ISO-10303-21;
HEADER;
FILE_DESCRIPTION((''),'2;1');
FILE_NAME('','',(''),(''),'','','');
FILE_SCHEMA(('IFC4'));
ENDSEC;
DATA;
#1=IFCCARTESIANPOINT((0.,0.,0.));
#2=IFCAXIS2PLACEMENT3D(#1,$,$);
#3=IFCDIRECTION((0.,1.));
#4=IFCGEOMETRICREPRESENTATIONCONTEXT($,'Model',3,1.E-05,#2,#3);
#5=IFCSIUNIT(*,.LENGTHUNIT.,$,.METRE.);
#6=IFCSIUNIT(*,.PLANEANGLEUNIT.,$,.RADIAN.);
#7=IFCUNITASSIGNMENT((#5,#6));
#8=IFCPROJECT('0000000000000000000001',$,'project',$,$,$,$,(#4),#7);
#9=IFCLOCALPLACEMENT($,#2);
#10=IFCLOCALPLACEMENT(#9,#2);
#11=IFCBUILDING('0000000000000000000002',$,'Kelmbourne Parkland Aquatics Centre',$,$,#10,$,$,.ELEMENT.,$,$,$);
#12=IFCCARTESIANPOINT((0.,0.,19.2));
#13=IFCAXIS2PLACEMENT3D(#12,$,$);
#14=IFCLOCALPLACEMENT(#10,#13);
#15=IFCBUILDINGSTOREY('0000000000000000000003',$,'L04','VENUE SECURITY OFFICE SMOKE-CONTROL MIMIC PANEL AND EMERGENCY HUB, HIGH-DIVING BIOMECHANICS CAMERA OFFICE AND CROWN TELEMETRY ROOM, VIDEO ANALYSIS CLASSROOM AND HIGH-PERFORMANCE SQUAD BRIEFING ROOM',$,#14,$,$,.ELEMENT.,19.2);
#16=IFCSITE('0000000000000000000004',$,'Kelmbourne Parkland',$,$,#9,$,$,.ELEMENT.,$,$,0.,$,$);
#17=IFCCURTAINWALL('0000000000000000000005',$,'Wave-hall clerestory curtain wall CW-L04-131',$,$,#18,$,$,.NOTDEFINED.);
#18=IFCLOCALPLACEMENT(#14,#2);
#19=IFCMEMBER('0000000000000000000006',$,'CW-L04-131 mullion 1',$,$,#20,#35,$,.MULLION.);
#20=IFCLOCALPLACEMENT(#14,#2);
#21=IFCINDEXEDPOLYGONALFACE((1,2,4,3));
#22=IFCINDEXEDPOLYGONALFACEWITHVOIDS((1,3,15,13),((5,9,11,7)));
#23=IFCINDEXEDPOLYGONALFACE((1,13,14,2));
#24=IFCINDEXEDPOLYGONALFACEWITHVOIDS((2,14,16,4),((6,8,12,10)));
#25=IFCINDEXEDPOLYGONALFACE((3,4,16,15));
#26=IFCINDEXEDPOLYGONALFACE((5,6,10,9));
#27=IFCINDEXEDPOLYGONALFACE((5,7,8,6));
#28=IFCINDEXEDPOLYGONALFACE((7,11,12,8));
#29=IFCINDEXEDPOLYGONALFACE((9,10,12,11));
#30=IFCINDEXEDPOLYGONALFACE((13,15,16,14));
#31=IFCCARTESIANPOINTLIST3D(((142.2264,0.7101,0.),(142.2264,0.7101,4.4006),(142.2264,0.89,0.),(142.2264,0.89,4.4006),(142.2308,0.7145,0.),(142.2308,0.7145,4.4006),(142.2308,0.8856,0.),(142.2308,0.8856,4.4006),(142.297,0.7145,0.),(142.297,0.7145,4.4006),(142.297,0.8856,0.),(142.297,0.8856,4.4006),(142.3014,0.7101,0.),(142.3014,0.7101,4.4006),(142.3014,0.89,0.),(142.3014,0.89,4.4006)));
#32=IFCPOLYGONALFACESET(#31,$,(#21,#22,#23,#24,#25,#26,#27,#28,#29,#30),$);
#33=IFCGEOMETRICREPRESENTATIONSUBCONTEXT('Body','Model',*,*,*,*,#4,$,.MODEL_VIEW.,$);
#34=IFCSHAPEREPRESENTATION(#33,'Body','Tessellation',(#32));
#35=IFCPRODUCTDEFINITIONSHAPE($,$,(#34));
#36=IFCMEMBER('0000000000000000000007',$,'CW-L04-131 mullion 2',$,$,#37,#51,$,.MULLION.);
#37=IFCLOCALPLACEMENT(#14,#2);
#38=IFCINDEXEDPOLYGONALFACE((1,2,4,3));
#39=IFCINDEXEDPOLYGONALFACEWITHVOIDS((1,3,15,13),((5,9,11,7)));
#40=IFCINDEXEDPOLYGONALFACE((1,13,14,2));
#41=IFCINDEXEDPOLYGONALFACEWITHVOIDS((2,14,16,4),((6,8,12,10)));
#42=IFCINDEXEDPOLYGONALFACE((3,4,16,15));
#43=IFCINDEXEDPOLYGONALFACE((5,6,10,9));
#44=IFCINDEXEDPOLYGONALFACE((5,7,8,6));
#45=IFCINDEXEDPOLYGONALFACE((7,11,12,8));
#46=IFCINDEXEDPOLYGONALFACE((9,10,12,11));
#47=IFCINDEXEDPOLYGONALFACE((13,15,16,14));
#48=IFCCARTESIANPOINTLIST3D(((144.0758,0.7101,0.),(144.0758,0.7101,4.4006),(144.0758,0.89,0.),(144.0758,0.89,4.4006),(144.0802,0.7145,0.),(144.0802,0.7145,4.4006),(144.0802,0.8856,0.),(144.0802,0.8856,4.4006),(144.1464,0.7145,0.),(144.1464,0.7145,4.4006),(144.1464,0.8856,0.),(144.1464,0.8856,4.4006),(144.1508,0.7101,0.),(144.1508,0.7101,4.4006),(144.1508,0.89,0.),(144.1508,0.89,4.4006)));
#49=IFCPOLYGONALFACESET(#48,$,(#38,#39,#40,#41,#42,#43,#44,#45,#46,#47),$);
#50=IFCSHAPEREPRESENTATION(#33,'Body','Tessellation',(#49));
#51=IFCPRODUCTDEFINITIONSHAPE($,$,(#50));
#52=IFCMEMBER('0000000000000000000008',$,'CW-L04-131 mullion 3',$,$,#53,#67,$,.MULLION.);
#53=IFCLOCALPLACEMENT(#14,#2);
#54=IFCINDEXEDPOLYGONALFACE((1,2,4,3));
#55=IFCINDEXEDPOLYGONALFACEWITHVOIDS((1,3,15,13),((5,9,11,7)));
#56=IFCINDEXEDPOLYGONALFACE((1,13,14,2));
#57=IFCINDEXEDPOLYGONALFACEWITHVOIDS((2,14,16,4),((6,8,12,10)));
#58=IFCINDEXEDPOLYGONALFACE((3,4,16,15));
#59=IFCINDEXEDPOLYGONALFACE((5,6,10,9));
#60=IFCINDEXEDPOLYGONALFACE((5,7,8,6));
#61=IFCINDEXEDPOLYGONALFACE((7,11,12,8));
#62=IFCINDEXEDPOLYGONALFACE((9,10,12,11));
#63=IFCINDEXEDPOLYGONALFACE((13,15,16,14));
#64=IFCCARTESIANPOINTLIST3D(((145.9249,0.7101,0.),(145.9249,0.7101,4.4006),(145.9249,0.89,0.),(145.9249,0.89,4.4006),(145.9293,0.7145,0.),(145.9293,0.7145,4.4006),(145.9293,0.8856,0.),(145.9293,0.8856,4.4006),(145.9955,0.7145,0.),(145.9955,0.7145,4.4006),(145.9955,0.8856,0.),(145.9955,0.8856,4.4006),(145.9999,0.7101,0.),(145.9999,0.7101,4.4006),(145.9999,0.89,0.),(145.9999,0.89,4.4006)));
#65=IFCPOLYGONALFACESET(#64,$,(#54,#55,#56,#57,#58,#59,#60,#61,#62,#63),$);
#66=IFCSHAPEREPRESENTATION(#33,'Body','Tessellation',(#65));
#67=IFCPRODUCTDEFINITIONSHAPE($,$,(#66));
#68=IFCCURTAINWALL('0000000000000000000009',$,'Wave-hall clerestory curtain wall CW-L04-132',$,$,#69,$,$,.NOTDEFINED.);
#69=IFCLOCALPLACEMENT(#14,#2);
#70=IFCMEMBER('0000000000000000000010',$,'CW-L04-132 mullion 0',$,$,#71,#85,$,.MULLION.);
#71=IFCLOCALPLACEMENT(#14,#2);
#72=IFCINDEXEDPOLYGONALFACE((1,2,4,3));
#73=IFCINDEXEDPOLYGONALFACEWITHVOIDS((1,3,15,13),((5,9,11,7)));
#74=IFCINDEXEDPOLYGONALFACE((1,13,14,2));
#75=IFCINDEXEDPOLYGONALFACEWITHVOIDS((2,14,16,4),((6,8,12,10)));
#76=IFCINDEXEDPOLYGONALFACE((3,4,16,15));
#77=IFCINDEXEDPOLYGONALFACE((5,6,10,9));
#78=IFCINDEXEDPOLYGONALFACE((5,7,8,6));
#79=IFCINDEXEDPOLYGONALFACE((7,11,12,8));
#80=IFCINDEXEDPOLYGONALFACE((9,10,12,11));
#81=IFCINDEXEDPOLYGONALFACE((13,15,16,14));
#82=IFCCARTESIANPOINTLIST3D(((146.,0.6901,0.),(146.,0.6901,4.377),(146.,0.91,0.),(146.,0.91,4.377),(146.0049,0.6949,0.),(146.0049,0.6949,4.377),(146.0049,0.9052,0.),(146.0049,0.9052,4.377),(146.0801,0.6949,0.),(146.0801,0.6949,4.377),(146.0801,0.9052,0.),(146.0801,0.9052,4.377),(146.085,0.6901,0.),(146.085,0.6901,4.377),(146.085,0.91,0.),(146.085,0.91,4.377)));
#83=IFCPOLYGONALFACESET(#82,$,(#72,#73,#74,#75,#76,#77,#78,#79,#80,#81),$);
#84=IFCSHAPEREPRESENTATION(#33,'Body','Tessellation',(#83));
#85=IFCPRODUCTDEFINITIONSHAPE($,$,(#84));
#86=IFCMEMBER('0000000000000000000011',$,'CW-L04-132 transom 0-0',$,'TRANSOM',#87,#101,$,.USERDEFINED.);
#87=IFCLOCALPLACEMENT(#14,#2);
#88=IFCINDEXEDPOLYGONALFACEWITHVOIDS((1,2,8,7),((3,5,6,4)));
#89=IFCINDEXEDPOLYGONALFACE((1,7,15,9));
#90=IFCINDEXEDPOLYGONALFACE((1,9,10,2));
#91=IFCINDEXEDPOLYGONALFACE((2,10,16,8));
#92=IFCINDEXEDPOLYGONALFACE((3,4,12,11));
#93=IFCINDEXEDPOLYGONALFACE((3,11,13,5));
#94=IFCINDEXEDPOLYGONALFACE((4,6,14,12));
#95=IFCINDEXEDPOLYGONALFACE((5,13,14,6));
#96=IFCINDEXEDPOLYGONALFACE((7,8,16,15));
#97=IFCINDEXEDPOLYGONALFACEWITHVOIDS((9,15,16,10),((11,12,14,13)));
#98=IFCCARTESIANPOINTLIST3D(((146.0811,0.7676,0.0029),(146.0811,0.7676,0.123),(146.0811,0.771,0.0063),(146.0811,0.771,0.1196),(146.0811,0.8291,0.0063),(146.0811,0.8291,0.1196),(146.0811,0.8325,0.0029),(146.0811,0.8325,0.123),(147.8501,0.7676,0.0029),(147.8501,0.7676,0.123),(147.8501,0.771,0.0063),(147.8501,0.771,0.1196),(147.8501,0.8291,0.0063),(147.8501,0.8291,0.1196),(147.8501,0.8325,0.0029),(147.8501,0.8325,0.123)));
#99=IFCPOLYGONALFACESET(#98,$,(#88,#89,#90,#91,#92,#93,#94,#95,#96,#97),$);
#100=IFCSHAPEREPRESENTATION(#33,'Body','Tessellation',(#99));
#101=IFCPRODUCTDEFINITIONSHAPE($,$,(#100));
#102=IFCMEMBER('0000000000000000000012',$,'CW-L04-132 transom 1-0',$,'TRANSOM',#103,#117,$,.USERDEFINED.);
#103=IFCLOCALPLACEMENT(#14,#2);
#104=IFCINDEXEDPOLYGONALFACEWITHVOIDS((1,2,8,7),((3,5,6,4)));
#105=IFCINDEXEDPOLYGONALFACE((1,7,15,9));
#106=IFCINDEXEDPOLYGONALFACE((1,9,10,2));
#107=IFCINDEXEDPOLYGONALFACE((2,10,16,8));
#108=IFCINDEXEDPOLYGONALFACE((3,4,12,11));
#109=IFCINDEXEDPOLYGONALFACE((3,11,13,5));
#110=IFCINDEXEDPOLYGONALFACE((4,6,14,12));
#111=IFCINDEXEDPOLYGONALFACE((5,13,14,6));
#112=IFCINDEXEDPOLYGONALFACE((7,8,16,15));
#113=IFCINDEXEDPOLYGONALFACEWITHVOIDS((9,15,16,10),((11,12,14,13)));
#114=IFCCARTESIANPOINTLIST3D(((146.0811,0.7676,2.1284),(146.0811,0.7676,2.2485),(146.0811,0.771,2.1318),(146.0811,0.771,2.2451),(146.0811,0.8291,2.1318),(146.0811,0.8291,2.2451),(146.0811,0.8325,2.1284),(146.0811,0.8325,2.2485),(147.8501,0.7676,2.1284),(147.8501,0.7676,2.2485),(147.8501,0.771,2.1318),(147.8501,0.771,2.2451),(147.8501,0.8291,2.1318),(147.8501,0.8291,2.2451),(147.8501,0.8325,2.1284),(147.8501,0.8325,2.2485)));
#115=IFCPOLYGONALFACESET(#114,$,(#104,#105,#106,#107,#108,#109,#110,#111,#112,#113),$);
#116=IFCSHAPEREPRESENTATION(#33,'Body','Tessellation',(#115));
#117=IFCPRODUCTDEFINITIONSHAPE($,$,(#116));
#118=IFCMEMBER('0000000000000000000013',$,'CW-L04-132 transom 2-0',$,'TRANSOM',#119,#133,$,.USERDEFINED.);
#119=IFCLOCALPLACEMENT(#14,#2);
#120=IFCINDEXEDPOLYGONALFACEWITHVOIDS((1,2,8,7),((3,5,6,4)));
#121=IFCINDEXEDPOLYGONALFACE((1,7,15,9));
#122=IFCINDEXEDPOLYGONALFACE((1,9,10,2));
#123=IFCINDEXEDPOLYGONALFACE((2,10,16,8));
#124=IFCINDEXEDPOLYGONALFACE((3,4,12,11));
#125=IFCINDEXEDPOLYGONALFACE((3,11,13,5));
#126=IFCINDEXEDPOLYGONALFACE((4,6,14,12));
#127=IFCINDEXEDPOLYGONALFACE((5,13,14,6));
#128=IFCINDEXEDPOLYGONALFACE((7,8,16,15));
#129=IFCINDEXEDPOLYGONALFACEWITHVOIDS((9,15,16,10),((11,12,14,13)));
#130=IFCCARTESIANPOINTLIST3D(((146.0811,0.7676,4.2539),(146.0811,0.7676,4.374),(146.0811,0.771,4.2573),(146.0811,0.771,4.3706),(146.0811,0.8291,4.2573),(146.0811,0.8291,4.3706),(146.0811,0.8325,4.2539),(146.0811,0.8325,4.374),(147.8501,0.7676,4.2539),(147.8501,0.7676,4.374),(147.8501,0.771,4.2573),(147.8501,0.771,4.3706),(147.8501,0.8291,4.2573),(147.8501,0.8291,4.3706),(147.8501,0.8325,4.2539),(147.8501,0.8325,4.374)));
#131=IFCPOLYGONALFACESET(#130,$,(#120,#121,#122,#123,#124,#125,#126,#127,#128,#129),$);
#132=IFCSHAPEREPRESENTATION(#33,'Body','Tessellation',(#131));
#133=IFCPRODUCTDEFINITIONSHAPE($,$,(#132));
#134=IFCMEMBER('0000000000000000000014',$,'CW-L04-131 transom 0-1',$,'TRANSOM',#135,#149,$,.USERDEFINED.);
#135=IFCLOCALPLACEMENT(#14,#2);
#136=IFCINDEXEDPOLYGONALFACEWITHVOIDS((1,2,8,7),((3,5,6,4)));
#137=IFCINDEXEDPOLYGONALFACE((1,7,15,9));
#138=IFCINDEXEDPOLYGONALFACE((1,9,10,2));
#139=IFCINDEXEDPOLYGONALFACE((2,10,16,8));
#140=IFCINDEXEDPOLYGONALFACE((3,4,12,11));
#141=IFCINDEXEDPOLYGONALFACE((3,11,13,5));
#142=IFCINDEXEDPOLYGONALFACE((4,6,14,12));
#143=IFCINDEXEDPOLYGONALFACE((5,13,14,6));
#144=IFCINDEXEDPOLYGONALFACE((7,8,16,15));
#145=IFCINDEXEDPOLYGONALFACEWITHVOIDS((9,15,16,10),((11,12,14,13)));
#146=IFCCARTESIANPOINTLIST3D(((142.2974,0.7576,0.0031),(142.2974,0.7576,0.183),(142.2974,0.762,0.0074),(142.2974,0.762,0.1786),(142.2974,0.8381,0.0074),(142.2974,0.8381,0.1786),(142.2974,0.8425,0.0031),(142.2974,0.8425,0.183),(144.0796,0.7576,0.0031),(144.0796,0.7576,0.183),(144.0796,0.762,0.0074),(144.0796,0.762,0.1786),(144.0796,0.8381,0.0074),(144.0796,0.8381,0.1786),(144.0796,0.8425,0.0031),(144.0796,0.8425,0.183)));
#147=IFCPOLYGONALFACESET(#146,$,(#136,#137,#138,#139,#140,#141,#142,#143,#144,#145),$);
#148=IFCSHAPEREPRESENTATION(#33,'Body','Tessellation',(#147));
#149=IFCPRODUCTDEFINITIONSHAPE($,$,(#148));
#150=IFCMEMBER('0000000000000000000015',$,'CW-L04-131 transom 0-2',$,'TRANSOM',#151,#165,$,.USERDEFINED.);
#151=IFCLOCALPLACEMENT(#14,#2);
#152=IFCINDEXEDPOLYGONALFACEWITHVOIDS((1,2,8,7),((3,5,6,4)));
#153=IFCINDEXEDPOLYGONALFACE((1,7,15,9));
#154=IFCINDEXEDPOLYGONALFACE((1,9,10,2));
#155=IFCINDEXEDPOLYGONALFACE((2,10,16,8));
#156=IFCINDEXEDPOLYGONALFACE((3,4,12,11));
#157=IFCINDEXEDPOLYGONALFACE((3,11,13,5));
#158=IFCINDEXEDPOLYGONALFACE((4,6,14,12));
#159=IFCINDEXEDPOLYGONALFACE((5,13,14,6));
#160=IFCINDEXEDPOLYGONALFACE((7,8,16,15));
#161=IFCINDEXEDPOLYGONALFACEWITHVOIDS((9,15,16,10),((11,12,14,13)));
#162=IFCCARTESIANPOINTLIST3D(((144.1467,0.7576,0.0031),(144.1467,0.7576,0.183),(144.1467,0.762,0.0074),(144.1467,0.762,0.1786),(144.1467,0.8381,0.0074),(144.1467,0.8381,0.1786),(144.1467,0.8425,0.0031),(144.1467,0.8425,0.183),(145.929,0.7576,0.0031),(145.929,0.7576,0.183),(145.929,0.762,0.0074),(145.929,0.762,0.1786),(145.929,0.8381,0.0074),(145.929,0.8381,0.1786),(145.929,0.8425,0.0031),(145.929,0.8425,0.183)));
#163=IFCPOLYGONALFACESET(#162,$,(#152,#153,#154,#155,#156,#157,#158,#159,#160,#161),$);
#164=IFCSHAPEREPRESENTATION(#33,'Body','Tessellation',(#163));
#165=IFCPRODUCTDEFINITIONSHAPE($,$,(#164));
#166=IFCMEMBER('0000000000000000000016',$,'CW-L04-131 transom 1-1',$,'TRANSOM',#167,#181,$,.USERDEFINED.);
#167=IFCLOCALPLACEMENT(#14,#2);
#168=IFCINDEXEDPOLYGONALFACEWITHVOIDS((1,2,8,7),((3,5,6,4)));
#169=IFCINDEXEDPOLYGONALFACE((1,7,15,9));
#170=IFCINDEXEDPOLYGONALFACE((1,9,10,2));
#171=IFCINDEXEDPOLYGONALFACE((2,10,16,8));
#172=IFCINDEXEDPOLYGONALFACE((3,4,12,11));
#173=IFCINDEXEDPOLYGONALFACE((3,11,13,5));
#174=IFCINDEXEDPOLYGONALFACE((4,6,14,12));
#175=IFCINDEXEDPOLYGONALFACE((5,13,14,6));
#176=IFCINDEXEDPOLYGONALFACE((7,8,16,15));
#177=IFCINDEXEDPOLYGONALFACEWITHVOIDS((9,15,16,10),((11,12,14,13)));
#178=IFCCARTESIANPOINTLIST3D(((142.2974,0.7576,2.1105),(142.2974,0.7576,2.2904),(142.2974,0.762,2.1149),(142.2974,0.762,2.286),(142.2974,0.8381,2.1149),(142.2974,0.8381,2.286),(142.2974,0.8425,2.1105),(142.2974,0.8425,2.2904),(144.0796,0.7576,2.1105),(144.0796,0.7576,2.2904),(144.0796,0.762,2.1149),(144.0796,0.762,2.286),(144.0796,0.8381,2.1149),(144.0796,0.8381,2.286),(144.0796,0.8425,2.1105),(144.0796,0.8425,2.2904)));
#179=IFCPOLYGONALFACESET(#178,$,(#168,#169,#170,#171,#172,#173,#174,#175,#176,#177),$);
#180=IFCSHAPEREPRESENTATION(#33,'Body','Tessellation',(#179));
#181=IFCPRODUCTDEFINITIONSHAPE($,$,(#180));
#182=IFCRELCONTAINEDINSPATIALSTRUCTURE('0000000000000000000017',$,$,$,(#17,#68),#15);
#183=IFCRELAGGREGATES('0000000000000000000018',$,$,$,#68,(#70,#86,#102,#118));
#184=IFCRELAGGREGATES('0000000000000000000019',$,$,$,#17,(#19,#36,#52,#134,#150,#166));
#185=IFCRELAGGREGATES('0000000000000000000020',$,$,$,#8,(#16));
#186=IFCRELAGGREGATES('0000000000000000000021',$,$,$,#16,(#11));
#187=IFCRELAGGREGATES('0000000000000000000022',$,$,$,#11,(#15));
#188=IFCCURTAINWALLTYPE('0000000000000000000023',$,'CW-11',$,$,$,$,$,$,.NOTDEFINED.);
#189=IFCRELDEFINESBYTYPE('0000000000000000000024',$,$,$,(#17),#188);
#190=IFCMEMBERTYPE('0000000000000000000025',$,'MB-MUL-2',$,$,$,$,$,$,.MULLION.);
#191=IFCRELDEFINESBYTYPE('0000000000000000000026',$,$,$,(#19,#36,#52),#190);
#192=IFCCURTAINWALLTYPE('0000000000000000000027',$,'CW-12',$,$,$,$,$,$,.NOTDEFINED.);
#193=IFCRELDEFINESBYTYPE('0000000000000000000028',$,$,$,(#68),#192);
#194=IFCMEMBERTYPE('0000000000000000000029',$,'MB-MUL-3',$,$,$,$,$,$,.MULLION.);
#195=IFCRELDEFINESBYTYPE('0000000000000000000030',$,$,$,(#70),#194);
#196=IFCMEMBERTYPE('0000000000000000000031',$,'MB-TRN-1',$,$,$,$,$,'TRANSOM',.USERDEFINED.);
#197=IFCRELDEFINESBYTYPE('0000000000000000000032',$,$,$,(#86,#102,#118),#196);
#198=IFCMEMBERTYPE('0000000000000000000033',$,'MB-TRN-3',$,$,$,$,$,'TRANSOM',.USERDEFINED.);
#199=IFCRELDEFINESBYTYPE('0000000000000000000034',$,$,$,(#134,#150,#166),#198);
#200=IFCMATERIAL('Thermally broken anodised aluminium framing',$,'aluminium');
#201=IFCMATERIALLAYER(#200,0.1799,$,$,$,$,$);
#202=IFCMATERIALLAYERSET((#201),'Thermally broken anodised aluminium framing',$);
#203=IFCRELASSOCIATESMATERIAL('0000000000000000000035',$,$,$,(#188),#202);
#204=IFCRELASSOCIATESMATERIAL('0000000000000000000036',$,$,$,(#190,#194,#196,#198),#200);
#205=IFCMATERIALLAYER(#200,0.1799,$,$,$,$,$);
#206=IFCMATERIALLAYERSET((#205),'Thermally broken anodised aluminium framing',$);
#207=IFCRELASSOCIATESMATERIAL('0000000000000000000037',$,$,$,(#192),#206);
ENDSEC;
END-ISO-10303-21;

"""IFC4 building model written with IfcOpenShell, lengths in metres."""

from ifc_helpers import new_model, si_unit, direction, frame, origin, origin_2d, place, context, subcontext, project, spatial, hollow_rectangle, extrude, material, layer, layer_set, material_profile, profile_set, type_object, element, aggregate, save


model = new_model("IFC4")

# Units and contexts
model_context = context("Model", 3, precision=1e-05, world=origin(), true_north=direction((0.0, 1.0)))
body_context = subcontext(model_context, "Body", "Model", "MODEL_VIEW")
ifc_project = project(units=[si_unit("LENGTHUNIT", "METRE"), si_unit("PLANEANGLEUNIT", "RADIAN")], contexts=[model_context])

# Site, building, storey
site_placement = place(None, origin())
site = spatial("IfcSite", under=ifc_project, at=site_placement, Name="Kelmbourne Parkland", CompositionType="ELEMENT", RefElevation=0.0)
building_placement = place(site_placement, origin())
building = spatial("IfcBuilding", under=site, at=building_placement, Name="Kelmbourne Parkland Aquatics Centre", CompositionType="ELEMENT")
storey_placement = place(building_placement, frame((0.0, 0.0, 19.2)))
storey = spatial("IfcBuildingStorey", under=building, at=storey_placement, Name="L04", Description="VENUE SECURITY OFFICE SMOKE-CONTROL MIMIC PANEL AND EMERGENCY HUB, HIGH-DIVING BIOMECHANICS CAMERA OFFICE AND CROWN TELEMETRY ROOM, VIDEO ANALYSIS CLASSROOM AND HIGH-PERFORMANCE SQUAD BRIEFING ROOM", CompositionType="ELEMENT", Elevation=19.2)

# Curtain walls, members
ifc_material_1 = material(Name="Thermally broken anodised aluminium framing", Category="aluminium")
ifc_layer_1 = layer(ifc_material_1, 0.1799)
ifc_layer_set_1 = layer_set([ifc_layer_1], Name="Thermally broken anodised aluminium framing")
curtain_wall_type_1 = type_object("IfcCurtainWallType", Name="CW-11", PredefinedType="NOTDEFINED", material=ifc_layer_set_1)
curtain_wall_1_placement = place(storey_placement, origin())
curtain_wall_1 = element("IfcCurtainWall", 1, at=curtain_wall_1_placement, inside=storey, type_object=curtain_wall_type_1, Name="Wave-hall clerestory curtain wall CW-L04-131", PredefinedType="NOTDEFINED")
ifc_material_profile_1 = material_profile(ifc_material_1, hollow_rectangle(XDim=0.075, YDim=0.1799, WallThickness=0.0044, at=origin_2d()), Name="CW-M 75x180")
ifc_profile_set_1 = profile_set([ifc_material_profile_1], Name="Thermally broken anodised aluminium framing")
member_type_1 = type_object("IfcMemberType", Name="MB-MUL-2", PredefinedType="MULLION", material=ifc_profile_set_1)
member_1_placement = place(storey_placement, frame((142.2639, 0.8, 0.0), z_axis=(0.0, 0.0, 1.0), x_axis=(1.0, 0.0, 0.0)))
member_1 = element("IfcMember", 2, at=member_1_placement, type_object=member_type_1, Name="CW-L04-131 mullion 1", PredefinedType="MULLION", context=body_context, shape_type="SweptSolid", body=[
    extrude(hollow_rectangle(XDim=0.075, YDim=0.1799, WallThickness=0.0044, at=origin_2d()), origin(), (0.0, 0.0, 1.0), 4.4006),
])
member_2_placement = place(storey_placement, frame((144.1133, 0.8, 0.0), z_axis=(0.0, 0.0, 1.0), x_axis=(1.0, 0.0, 0.0)))
member_2 = element("IfcMember", 3, at=member_2_placement, type_object=member_type_1, Name="CW-L04-131 mullion 2", PredefinedType="MULLION", context=body_context, shape_type="SweptSolid", body=[
    extrude(hollow_rectangle(XDim=0.075, YDim=0.1799, WallThickness=0.0044, at=origin_2d()), origin(), (0.0, 0.0, 1.0), 4.4006),
])
member_3_placement = place(storey_placement, frame((145.9624, 0.8, 0.0), z_axis=(0.0, 0.0, 1.0), x_axis=(1.0, 0.0, 0.0)))
member_3 = element("IfcMember", 4, at=member_3_placement, type_object=member_type_1, Name="CW-L04-131 mullion 3", PredefinedType="MULLION", context=body_context, shape_type="SweptSolid", body=[
    extrude(hollow_rectangle(XDim=0.075, YDim=0.1799, WallThickness=0.0044, at=origin_2d()), origin(), (0.0, 0.0, 1.0), 4.4006),
])
ifc_layer_2 = layer(ifc_material_1, 0.1799)
ifc_layer_set_2 = layer_set([ifc_layer_2], Name="Thermally broken anodised aluminium framing")
curtain_wall_type_2 = type_object("IfcCurtainWallType", Name="CW-12", PredefinedType="NOTDEFINED", material=ifc_layer_set_2)
curtain_wall_2_placement = place(storey_placement, origin())
curtain_wall_2 = element("IfcCurtainWall", 5, at=curtain_wall_2_placement, inside=storey, type_object=curtain_wall_type_2, Name="Wave-hall clerestory curtain wall CW-L04-132", PredefinedType="NOTDEFINED")
ifc_material_profile_2 = material_profile(ifc_material_1, hollow_rectangle(XDim=0.085, YDim=0.22, WallThickness=0.0049, at=origin_2d()), Name="CW-M 85x220")
ifc_profile_set_2 = profile_set([ifc_material_profile_2], Name="Thermally broken anodised aluminium framing")
member_type_2 = type_object("IfcMemberType", Name="MB-MUL-3", PredefinedType="MULLION", material=ifc_profile_set_2)
member_4_placement = place(storey_placement, frame((146.0425, 0.8, 0.0), z_axis=(0.0, 0.0, 1.0), x_axis=(1.0, 0.0, 0.0)))
member_4 = element("IfcMember", 6, at=member_4_placement, type_object=member_type_2, Name="CW-L04-132 mullion 0", PredefinedType="MULLION", context=body_context, shape_type="SweptSolid", body=[
    extrude(hollow_rectangle(XDim=0.085, YDim=0.22, WallThickness=0.0049, at=origin_2d()), origin(), (0.0, 0.0, 1.0), 4.377),
])
ifc_material_profile_3 = material_profile(ifc_material_1, hollow_rectangle(XDim=0.0649, YDim=0.1201, WallThickness=0.0034, at=origin_2d()), Name="CW-T 65x120")
ifc_profile_set_3 = profile_set([ifc_material_profile_3], Name="Thermally broken anodised aluminium framing")
member_type_3 = type_object("IfcMemberType", Name="MB-TRN-1", ElementType="TRANSOM", PredefinedType="USERDEFINED", material=ifc_profile_set_3)
member_5_placement = place(storey_placement, frame((146.0811, 0.8, 0.063), z_axis=(1.0, 0.0, 0.0), x_axis=(0.0, 1.0, 0.0)))
member_5 = element("IfcMember", 7, at=member_5_placement, type_object=member_type_3, Name="CW-L04-132 transom 0-0", ObjectType="TRANSOM", PredefinedType="USERDEFINED", context=body_context, shape_type="SweptSolid", body=[
    extrude(hollow_rectangle(XDim=0.0649, YDim=0.1201, WallThickness=0.0034, at=origin_2d()), origin(), (0.0, 0.0, 1.0), 1.769),
])
member_6_placement = place(storey_placement, frame((146.0811, 0.8, 2.1885), z_axis=(1.0, 0.0, 0.0), x_axis=(0.0, 1.0, 0.0)))
member_6 = element("IfcMember", 8, at=member_6_placement, type_object=member_type_3, Name="CW-L04-132 transom 1-0", ObjectType="TRANSOM", PredefinedType="USERDEFINED", context=body_context, shape_type="SweptSolid", body=[
    extrude(hollow_rectangle(XDim=0.0649, YDim=0.1201, WallThickness=0.0034, at=origin_2d()), origin(), (0.0, 0.0, 1.0), 1.769),
])
member_7_placement = place(storey_placement, frame((146.0811, 0.8, 4.314), z_axis=(1.0, 0.0, 0.0), x_axis=(0.0, 1.0, 0.0)))
member_7 = element("IfcMember", 9, at=member_7_placement, type_object=member_type_3, Name="CW-L04-132 transom 2-0", ObjectType="TRANSOM", PredefinedType="USERDEFINED", context=body_context, shape_type="SweptSolid", body=[
    extrude(hollow_rectangle(XDim=0.0649, YDim=0.1201, WallThickness=0.0034, at=origin_2d()), origin(), (0.0, 0.0, 1.0), 1.769),
])

# Members
ifc_material_profile_4 = material_profile(ifc_material_1, hollow_rectangle(XDim=0.085, YDim=0.1799, WallThickness=0.0044, at=origin_2d()), Name="CW-T 85x180")
ifc_profile_set_4 = profile_set([ifc_material_profile_4], Name="Thermally broken anodised aluminium framing")
member_type_4 = type_object("IfcMemberType", Name="MB-TRN-3", ElementType="TRANSOM", PredefinedType="USERDEFINED", material=ifc_profile_set_4)
member_8_placement = place(storey_placement, frame((142.2974, 0.8, 0.093), z_axis=(1.0, 0.0, 0.0), x_axis=(0.0, 1.0, 0.0)))
member_8 = element("IfcMember", 10, at=member_8_placement, type_object=member_type_4, Name="CW-L04-131 transom 0-1", ObjectType="TRANSOM", PredefinedType="USERDEFINED", context=body_context, shape_type="SweptSolid", body=[
    extrude(hollow_rectangle(XDim=0.085, YDim=0.1799, WallThickness=0.0044, at=origin_2d()), origin(), (0.0, 0.0, 1.0), 1.7822),
])
member_9_placement = place(storey_placement, frame((144.1467, 0.8, 0.093), z_axis=(1.0, 0.0, 0.0), x_axis=(0.0, 1.0, 0.0)))
member_9 = element("IfcMember", 11, at=member_9_placement, type_object=member_type_4, Name="CW-L04-131 transom 0-2", ObjectType="TRANSOM", PredefinedType="USERDEFINED", context=body_context, shape_type="SweptSolid", body=[
    extrude(hollow_rectangle(XDim=0.085, YDim=0.1799, WallThickness=0.0044, at=origin_2d()), origin(), (0.0, 0.0, 1.0), 1.7822),
])
member_10_placement = place(storey_placement, frame((142.2974, 0.8, 2.2004), z_axis=(1.0, 0.0, 0.0), x_axis=(0.0, 1.0, 0.0)))
member_10 = element("IfcMember", 12, at=member_10_placement, type_object=member_type_4, Name="CW-L04-131 transom 1-1", ObjectType="TRANSOM", PredefinedType="USERDEFINED", context=body_context, shape_type="SweptSolid", body=[
    extrude(hollow_rectangle(XDim=0.085, YDim=0.1799, WallThickness=0.0044, at=origin_2d()), origin(), (0.0, 0.0, 1.0), 1.7822),
])

aggregate(curtain_wall_2, [member_4, member_5, member_6, member_7])
aggregate(curtain_wall_1, [member_1, member_2, member_3, member_8, member_9, member_10])

save(model, "model.ifc")
